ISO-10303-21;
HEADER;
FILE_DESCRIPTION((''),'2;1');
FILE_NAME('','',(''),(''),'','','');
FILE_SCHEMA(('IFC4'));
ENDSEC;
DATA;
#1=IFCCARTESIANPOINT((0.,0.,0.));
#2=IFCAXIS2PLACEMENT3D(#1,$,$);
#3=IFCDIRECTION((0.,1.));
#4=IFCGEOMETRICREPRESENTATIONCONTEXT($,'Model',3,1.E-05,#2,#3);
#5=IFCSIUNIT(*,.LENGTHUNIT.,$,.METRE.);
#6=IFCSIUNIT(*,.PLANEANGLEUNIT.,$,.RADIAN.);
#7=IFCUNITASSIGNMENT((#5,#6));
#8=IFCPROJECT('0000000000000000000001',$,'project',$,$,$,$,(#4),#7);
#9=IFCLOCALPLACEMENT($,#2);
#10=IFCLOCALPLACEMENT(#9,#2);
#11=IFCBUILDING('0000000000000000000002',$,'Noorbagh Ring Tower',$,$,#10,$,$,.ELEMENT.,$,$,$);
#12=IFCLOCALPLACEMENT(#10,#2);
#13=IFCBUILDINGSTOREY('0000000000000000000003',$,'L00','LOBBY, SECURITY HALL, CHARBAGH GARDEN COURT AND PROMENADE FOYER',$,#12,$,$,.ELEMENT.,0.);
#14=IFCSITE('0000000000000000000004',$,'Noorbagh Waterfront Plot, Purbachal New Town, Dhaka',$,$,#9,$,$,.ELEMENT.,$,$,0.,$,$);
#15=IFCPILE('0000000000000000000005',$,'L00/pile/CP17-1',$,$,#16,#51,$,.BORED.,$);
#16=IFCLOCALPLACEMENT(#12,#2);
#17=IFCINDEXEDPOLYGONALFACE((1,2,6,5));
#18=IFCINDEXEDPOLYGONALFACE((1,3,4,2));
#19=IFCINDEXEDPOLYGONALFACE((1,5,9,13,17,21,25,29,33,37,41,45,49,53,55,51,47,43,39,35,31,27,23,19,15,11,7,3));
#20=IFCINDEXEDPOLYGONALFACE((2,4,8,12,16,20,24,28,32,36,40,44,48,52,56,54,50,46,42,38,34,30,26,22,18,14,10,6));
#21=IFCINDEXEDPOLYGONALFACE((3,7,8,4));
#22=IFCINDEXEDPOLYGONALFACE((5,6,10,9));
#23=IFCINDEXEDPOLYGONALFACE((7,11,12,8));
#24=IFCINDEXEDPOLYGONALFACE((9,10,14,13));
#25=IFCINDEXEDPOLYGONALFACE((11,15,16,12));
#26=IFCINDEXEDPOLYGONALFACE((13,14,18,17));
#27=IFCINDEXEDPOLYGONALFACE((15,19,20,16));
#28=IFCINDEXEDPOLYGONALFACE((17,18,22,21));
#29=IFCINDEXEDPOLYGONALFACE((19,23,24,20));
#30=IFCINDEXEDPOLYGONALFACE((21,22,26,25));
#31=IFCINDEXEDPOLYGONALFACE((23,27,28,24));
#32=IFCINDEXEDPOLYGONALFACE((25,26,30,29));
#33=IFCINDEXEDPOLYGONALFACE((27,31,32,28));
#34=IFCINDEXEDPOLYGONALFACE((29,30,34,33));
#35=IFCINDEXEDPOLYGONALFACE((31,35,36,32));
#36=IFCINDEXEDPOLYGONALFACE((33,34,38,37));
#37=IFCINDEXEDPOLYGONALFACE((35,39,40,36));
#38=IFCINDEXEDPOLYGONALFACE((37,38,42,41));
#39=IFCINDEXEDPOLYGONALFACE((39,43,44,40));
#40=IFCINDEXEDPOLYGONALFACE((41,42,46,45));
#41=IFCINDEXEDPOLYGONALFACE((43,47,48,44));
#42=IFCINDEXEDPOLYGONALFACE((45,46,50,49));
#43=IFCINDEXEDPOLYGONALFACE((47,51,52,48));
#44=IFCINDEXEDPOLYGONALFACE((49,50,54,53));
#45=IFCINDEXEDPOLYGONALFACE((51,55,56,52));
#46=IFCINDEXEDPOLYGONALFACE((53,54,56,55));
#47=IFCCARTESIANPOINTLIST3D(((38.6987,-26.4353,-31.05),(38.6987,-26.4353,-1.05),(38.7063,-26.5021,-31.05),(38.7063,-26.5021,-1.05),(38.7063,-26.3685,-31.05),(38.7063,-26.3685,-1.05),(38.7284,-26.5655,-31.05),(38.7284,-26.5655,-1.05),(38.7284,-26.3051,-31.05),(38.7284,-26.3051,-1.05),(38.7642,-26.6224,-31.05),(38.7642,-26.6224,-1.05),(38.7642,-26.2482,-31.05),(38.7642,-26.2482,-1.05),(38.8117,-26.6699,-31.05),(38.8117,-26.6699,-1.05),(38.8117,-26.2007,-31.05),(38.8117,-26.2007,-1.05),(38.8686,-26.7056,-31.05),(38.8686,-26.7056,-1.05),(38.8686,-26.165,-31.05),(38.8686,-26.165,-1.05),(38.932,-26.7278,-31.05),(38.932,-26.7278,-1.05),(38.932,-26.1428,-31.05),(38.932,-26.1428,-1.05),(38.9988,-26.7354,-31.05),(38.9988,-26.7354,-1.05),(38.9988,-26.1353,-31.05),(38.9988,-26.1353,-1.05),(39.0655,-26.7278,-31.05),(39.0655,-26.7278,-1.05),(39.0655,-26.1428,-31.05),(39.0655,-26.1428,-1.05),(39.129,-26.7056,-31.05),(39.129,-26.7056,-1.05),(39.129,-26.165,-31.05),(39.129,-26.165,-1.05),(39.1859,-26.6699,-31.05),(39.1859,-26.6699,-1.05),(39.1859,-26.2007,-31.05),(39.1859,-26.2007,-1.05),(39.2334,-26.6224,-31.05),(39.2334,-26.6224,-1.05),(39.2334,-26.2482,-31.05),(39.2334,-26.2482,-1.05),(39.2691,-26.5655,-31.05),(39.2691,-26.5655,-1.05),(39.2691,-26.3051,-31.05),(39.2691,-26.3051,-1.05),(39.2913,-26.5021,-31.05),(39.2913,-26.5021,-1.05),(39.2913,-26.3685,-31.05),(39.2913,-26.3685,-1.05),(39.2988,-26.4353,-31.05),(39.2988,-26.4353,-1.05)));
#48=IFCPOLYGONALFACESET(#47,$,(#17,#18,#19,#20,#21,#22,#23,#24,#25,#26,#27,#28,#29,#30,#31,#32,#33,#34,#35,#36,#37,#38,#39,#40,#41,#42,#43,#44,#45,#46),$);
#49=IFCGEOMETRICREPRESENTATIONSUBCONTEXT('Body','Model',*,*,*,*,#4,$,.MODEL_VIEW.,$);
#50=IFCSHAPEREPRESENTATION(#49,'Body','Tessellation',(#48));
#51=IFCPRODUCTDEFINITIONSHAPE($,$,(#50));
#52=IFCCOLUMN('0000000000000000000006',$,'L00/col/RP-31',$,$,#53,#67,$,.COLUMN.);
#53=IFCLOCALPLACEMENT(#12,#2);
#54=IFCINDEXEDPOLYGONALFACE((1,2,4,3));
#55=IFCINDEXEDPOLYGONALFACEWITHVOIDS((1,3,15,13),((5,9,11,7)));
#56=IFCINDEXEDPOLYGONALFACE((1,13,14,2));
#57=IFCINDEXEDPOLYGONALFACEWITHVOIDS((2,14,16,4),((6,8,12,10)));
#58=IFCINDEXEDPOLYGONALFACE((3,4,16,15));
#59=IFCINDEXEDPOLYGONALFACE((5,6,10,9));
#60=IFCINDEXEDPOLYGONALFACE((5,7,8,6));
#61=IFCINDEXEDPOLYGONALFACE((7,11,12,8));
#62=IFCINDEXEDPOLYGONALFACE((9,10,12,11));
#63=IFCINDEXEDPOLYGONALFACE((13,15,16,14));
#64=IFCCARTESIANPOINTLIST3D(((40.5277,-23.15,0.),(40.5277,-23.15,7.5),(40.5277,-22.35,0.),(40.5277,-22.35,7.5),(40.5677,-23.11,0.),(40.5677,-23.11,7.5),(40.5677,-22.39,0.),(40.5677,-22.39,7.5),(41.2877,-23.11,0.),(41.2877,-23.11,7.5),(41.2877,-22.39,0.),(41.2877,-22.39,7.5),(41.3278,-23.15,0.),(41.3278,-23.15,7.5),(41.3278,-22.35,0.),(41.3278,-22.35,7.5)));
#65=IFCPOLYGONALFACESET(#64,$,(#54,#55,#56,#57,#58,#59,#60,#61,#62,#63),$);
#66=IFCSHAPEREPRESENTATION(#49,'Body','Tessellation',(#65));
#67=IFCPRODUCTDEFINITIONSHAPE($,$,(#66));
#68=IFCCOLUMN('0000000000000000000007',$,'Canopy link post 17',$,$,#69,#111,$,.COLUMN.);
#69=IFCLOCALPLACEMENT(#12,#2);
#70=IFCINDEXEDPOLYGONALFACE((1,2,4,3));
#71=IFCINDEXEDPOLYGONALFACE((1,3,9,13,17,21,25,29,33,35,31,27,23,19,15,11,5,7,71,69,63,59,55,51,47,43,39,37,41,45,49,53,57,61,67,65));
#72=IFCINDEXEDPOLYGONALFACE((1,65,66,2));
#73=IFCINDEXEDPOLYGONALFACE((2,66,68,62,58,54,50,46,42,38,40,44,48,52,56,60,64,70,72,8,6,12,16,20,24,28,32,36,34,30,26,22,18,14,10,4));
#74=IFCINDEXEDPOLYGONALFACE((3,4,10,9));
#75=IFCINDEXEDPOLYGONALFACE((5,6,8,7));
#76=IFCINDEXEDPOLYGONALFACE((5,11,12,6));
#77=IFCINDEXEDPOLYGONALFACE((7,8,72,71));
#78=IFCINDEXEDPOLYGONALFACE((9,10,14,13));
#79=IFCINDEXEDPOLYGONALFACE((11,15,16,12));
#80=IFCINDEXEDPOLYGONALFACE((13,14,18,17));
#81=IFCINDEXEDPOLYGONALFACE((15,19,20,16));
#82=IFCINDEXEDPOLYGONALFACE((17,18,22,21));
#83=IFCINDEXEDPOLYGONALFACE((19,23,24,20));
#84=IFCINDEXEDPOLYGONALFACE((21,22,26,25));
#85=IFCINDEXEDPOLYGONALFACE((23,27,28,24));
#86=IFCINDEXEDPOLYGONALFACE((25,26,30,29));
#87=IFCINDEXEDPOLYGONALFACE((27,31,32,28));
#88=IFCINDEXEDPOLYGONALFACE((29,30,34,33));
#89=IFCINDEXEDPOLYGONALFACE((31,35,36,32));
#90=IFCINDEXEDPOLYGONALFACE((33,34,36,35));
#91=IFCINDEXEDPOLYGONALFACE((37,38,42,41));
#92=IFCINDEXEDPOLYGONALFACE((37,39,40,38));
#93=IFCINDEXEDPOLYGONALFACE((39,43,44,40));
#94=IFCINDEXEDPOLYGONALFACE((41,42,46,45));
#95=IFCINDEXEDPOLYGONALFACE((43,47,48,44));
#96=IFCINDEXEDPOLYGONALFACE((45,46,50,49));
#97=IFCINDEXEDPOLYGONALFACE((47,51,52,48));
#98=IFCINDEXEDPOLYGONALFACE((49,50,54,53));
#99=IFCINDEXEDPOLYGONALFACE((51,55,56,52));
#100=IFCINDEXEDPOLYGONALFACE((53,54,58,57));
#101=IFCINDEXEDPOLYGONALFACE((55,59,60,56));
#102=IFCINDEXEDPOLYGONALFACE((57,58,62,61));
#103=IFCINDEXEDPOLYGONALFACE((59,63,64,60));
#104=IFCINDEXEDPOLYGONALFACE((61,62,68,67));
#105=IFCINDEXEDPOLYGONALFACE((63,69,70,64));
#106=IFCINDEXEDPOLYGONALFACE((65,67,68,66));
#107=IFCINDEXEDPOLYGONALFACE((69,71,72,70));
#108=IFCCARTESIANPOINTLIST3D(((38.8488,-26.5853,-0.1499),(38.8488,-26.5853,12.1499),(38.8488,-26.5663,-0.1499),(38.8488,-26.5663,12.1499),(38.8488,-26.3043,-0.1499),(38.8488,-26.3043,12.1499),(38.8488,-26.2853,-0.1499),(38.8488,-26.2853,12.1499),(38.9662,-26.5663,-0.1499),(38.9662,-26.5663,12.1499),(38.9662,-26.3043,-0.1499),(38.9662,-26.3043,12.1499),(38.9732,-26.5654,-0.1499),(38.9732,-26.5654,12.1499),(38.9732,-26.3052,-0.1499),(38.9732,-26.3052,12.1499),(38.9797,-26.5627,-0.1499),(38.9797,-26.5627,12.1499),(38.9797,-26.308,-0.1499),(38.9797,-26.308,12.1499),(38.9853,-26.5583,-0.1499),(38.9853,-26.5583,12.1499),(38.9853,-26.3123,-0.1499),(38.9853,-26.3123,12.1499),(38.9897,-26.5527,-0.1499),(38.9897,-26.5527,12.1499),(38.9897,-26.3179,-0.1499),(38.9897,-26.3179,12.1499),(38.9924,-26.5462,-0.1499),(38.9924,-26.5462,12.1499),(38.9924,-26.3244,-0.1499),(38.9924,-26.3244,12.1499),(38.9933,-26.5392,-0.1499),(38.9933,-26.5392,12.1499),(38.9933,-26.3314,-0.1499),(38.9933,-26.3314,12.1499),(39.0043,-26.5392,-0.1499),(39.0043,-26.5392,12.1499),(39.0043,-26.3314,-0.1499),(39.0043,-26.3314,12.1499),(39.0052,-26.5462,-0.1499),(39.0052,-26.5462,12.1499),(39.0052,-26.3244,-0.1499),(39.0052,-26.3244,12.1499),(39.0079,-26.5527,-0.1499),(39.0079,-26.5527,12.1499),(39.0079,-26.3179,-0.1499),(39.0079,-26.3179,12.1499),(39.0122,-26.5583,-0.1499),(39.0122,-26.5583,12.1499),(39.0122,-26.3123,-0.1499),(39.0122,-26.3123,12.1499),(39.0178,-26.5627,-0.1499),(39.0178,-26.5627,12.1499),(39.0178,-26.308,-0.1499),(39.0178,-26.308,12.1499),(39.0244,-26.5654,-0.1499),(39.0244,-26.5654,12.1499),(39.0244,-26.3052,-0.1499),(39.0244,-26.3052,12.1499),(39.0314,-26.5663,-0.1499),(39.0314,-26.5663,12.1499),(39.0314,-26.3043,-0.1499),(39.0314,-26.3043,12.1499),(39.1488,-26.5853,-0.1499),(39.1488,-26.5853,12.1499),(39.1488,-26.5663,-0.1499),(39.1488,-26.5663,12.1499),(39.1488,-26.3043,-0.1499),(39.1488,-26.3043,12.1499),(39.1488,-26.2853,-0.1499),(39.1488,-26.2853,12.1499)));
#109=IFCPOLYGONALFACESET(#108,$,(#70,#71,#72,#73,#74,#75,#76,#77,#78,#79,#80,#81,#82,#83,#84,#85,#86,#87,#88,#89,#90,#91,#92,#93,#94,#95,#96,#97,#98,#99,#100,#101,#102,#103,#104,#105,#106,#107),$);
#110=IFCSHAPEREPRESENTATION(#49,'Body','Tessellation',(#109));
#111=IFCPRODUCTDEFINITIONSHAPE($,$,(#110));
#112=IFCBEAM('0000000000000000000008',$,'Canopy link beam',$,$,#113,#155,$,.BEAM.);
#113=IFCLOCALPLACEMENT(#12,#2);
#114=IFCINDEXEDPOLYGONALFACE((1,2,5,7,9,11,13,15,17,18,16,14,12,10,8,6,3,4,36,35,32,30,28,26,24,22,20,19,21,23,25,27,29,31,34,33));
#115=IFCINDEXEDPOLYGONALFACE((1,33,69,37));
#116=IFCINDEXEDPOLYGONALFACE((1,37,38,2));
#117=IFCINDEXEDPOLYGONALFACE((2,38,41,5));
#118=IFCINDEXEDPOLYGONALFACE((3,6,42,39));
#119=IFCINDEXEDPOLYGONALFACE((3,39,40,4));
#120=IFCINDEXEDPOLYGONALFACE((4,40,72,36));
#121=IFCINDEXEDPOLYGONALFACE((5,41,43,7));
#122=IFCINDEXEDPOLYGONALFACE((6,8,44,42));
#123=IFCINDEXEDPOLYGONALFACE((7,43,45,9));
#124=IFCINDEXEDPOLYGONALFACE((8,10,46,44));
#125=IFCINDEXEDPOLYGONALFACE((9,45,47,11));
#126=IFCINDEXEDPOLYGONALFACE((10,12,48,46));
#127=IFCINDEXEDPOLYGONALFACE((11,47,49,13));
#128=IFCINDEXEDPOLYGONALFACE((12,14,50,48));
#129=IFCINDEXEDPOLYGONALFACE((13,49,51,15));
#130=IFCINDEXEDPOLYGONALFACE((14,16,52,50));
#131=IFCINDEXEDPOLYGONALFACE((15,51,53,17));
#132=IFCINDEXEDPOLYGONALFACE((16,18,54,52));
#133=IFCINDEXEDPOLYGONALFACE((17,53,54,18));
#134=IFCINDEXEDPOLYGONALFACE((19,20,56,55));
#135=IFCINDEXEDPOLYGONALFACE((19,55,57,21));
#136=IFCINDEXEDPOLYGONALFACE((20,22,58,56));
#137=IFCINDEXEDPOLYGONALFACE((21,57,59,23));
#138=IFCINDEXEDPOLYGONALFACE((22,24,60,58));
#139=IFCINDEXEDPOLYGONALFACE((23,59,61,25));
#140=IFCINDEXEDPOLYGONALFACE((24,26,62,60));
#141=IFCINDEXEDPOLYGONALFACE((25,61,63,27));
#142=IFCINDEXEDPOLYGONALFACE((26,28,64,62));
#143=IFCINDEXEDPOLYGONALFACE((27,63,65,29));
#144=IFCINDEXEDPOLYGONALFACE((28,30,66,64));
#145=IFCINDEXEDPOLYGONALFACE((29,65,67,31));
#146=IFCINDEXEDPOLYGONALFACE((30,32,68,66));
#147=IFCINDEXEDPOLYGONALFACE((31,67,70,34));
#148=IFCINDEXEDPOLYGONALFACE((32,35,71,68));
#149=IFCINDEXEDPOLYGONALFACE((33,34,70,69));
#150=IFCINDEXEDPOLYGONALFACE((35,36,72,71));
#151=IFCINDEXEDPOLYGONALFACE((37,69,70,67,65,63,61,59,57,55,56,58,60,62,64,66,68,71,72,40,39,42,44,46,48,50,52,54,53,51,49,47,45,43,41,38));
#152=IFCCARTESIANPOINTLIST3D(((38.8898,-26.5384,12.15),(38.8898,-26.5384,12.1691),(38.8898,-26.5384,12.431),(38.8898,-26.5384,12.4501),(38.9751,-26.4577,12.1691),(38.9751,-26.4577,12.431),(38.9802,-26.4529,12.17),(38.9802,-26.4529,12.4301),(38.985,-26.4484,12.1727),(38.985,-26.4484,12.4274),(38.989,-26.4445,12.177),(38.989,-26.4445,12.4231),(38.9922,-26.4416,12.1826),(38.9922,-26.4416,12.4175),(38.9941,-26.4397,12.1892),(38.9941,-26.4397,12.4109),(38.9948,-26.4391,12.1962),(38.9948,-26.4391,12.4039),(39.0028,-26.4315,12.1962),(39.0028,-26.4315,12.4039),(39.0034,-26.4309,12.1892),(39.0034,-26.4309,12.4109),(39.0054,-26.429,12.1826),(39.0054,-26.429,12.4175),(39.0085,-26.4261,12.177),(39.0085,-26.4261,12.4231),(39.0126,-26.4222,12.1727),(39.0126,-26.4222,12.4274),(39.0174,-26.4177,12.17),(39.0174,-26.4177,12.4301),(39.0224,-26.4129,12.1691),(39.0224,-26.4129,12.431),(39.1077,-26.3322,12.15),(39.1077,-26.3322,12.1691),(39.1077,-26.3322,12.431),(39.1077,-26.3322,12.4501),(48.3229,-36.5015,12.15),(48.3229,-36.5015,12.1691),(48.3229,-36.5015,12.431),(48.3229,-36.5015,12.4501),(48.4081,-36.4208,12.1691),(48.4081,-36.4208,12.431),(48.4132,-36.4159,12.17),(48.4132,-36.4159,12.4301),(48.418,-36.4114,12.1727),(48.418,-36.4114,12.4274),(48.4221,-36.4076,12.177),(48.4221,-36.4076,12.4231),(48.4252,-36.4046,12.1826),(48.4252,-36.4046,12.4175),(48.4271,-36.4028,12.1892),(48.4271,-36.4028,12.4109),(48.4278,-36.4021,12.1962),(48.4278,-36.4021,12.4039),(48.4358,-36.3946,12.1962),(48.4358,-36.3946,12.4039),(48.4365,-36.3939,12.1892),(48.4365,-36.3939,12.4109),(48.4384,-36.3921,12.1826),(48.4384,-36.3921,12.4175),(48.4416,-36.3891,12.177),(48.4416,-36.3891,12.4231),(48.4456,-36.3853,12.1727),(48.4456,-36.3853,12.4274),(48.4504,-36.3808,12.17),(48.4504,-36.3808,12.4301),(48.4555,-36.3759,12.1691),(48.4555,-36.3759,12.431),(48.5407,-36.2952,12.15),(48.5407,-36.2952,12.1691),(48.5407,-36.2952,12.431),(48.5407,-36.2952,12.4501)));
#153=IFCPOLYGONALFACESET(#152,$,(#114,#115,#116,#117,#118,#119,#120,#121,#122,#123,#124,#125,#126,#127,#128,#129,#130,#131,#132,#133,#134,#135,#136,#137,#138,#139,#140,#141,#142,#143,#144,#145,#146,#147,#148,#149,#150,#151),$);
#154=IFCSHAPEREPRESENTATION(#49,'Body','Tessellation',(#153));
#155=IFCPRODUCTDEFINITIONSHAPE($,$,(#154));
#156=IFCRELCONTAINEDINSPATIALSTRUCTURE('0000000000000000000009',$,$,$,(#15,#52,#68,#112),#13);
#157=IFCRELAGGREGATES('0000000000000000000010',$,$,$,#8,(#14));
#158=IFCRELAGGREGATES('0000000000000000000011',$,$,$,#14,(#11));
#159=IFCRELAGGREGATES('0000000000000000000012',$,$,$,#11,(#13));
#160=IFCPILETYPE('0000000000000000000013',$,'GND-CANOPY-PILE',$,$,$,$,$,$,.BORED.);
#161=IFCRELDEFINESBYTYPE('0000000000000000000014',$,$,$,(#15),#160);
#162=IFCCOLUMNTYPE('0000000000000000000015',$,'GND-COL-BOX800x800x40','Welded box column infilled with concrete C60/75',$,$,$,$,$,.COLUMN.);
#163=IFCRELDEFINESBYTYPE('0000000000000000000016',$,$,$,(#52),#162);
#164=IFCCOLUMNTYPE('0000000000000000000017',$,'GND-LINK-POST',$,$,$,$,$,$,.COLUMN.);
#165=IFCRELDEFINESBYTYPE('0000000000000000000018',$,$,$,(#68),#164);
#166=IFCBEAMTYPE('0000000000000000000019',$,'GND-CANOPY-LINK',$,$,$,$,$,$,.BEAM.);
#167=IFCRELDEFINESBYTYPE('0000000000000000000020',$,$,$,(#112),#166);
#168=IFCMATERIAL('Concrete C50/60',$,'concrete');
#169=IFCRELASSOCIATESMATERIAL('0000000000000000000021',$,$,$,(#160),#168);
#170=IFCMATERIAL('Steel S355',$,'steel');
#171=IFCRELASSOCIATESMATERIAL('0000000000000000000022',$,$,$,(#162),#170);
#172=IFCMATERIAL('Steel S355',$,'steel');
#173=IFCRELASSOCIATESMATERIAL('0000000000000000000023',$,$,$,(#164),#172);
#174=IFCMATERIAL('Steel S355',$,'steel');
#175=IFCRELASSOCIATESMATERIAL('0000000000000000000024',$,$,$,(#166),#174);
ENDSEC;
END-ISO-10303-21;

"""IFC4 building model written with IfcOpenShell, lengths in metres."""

from ifc_helpers import new_model, si_unit, direction, frame, origin, origin_2d, place, context, subcontext, project, spatial, hollow_rectangle, circle, i_section, extrude, material, material_profile, profile_set, type_object, element, save


model = new_model("IFC4")

# Units and contexts
model_context = context("Model", 3, precision=1e-05, world=origin(), true_north=direction((0.0, 1.0)))
body_context = subcontext(model_context, "Body", "Model", "MODEL_VIEW")
ifc_project = project(units=[si_unit("LENGTHUNIT", "METRE"), si_unit("PLANEANGLEUNIT", "RADIAN")], contexts=[model_context])

# Site, building, storey
site_placement = place(None, origin())
site = spatial("IfcSite", under=ifc_project, at=site_placement, Name="Noorbagh Waterfront Plot, Purbachal New Town, Dhaka", CompositionType="ELEMENT", RefElevation=0.0)
building_placement = place(site_placement, origin())
building = spatial("IfcBuilding", under=site, at=building_placement, Name="Noorbagh Ring Tower", CompositionType="ELEMENT")
storey_placement = place(building_placement, origin())
storey = spatial("IfcBuildingStorey", under=building, at=storey_placement, Name="L00", Description="LOBBY, SECURITY HALL, CHARBAGH GARDEN COURT AND PROMENADE FOYER", CompositionType="ELEMENT", Elevation=0.0)

# Pile
ifc_material_1 = material(Name="Concrete C50/60", Category="concrete")
ifc_material_profile_1 = material_profile(ifc_material_1, circle(Radius=0.3, at=origin_2d()), Name="PILE600")
ifc_profile_set_1 = profile_set([ifc_material_profile_1], Name="Concrete C50/60")
pile_type = type_object("IfcPileType", Name="GND-CANOPY-PILE", PredefinedType="BORED", material=ifc_profile_set_1)
pile_placement = place(storey_placement, frame((38.9988, -26.4353, -1.05), z_axis=(0.0, 0.0, -1.0), x_axis=(1.0, 0.0, 0.0)))
element("IfcPile", 1, at=pile_placement, inside=storey, type_object=pile_type, Name="L00/pile/CP17-1", PredefinedType="BORED", context=body_context, shape_type="SweptSolid", body=[
    extrude(circle(Radius=0.3, at=origin_2d()), origin(), (0.0, 0.0, 1.0), 30.0),
])

# Columns
ifc_material_2 = material(Name="Steel S355", Category="steel")
ifc_material_profile_2 = material_profile(ifc_material_2, hollow_rectangle(XDim=0.8, YDim=0.8, WallThickness=0.04, at=origin_2d()), Name="BOX800x800x40")
ifc_profile_set_2 = profile_set([ifc_material_profile_2], Name="Steel S355")
column_type_1 = type_object("IfcColumnType", Name="GND-COL-BOX800x800x40", Description="Welded box column infilled with concrete C60/75", PredefinedType="COLUMN", material=ifc_profile_set_2)
column_1_placement = place(storey_placement, frame((40.9277, -22.75, 0.0), z_axis=(0.0, 0.0, 1.0), x_axis=(1.0, 0.0, 0.0)))
element("IfcColumn", 2, at=column_1_placement, inside=storey, type_object=column_type_1, Name="L00/col/RP-31", PredefinedType="COLUMN", context=body_context, shape_type="SweptSolid", body=[
    extrude(hollow_rectangle(XDim=0.8, YDim=0.8, WallThickness=0.04, at=origin_2d()), origin(), (0.0, 0.0, 1.0), 7.5),
])
ifc_material_3 = material(Name="Steel S355", Category="steel")
ifc_material_profile_3 = material_profile(ifc_material_3, i_section(OverallWidth=0.3, OverallDepth=0.3, WebThickness=0.011, FlangeThickness=0.019, FilletRadius=0.0271, at=origin_2d()), Name="HEB300")
ifc_profile_set_3 = profile_set([ifc_material_profile_3], Name="Steel S355")
column_type_2 = type_object("IfcColumnType", Name="GND-LINK-POST", PredefinedType="COLUMN", material=ifc_profile_set_3)
column_2_placement = place(storey_placement, frame((38.9988, -26.4353, -0.1499), z_axis=(0.0, 0.0, 1.0), x_axis=(1.0, 0.0, 0.0)))
element("IfcColumn", 3, at=column_2_placement, inside=storey, type_object=column_type_2, Name="Canopy link post 17", PredefinedType="COLUMN", context=body_context, shape_type="SweptSolid", body=[
    extrude(i_section(OverallWidth=0.3, OverallDepth=0.3, WebThickness=0.011, FlangeThickness=0.019, FilletRadius=0.0271, at=origin_2d()), origin(), (0.0, 0.0, 1.0), 12.2998),
])

# Beam
ifc_material_4 = material(Name="Steel S355", Category="steel")
ifc_material_profile_4 = material_profile(ifc_material_4, i_section(OverallWidth=0.3, OverallDepth=0.3, WebThickness=0.011, FlangeThickness=0.019, FilletRadius=0.0271, at=origin_2d()), Name="HEB300")
ifc_profile_set_4 = profile_set([ifc_material_profile_4], Name="Steel S355")
beam_type_1 = type_object("IfcBeamType", Name="GND-CANOPY-LINK", PredefinedType="BEAM", material=ifc_profile_set_4)
beam_1_placement = place(storey_placement, frame((38.9988, -26.4353, 12.3), z_axis=(0.687527, -0.726158, 0.0), x_axis=(0.726158, 0.687527, 0.0)))
element("IfcBeam", 4, at=beam_1_placement, inside=storey, type_object=beam_type_1, Name="Canopy link beam", PredefinedType="BEAM", context=body_context, shape_type="SweptSolid", body=[
    extrude(i_section(OverallWidth=0.3, OverallDepth=0.3, WebThickness=0.011, FlangeThickness=0.019, FilletRadius=0.0271, at=origin_2d()), origin(), (0.0, 0.0, 1.0), 13.7202),
])

save(model, "model.ifc")
